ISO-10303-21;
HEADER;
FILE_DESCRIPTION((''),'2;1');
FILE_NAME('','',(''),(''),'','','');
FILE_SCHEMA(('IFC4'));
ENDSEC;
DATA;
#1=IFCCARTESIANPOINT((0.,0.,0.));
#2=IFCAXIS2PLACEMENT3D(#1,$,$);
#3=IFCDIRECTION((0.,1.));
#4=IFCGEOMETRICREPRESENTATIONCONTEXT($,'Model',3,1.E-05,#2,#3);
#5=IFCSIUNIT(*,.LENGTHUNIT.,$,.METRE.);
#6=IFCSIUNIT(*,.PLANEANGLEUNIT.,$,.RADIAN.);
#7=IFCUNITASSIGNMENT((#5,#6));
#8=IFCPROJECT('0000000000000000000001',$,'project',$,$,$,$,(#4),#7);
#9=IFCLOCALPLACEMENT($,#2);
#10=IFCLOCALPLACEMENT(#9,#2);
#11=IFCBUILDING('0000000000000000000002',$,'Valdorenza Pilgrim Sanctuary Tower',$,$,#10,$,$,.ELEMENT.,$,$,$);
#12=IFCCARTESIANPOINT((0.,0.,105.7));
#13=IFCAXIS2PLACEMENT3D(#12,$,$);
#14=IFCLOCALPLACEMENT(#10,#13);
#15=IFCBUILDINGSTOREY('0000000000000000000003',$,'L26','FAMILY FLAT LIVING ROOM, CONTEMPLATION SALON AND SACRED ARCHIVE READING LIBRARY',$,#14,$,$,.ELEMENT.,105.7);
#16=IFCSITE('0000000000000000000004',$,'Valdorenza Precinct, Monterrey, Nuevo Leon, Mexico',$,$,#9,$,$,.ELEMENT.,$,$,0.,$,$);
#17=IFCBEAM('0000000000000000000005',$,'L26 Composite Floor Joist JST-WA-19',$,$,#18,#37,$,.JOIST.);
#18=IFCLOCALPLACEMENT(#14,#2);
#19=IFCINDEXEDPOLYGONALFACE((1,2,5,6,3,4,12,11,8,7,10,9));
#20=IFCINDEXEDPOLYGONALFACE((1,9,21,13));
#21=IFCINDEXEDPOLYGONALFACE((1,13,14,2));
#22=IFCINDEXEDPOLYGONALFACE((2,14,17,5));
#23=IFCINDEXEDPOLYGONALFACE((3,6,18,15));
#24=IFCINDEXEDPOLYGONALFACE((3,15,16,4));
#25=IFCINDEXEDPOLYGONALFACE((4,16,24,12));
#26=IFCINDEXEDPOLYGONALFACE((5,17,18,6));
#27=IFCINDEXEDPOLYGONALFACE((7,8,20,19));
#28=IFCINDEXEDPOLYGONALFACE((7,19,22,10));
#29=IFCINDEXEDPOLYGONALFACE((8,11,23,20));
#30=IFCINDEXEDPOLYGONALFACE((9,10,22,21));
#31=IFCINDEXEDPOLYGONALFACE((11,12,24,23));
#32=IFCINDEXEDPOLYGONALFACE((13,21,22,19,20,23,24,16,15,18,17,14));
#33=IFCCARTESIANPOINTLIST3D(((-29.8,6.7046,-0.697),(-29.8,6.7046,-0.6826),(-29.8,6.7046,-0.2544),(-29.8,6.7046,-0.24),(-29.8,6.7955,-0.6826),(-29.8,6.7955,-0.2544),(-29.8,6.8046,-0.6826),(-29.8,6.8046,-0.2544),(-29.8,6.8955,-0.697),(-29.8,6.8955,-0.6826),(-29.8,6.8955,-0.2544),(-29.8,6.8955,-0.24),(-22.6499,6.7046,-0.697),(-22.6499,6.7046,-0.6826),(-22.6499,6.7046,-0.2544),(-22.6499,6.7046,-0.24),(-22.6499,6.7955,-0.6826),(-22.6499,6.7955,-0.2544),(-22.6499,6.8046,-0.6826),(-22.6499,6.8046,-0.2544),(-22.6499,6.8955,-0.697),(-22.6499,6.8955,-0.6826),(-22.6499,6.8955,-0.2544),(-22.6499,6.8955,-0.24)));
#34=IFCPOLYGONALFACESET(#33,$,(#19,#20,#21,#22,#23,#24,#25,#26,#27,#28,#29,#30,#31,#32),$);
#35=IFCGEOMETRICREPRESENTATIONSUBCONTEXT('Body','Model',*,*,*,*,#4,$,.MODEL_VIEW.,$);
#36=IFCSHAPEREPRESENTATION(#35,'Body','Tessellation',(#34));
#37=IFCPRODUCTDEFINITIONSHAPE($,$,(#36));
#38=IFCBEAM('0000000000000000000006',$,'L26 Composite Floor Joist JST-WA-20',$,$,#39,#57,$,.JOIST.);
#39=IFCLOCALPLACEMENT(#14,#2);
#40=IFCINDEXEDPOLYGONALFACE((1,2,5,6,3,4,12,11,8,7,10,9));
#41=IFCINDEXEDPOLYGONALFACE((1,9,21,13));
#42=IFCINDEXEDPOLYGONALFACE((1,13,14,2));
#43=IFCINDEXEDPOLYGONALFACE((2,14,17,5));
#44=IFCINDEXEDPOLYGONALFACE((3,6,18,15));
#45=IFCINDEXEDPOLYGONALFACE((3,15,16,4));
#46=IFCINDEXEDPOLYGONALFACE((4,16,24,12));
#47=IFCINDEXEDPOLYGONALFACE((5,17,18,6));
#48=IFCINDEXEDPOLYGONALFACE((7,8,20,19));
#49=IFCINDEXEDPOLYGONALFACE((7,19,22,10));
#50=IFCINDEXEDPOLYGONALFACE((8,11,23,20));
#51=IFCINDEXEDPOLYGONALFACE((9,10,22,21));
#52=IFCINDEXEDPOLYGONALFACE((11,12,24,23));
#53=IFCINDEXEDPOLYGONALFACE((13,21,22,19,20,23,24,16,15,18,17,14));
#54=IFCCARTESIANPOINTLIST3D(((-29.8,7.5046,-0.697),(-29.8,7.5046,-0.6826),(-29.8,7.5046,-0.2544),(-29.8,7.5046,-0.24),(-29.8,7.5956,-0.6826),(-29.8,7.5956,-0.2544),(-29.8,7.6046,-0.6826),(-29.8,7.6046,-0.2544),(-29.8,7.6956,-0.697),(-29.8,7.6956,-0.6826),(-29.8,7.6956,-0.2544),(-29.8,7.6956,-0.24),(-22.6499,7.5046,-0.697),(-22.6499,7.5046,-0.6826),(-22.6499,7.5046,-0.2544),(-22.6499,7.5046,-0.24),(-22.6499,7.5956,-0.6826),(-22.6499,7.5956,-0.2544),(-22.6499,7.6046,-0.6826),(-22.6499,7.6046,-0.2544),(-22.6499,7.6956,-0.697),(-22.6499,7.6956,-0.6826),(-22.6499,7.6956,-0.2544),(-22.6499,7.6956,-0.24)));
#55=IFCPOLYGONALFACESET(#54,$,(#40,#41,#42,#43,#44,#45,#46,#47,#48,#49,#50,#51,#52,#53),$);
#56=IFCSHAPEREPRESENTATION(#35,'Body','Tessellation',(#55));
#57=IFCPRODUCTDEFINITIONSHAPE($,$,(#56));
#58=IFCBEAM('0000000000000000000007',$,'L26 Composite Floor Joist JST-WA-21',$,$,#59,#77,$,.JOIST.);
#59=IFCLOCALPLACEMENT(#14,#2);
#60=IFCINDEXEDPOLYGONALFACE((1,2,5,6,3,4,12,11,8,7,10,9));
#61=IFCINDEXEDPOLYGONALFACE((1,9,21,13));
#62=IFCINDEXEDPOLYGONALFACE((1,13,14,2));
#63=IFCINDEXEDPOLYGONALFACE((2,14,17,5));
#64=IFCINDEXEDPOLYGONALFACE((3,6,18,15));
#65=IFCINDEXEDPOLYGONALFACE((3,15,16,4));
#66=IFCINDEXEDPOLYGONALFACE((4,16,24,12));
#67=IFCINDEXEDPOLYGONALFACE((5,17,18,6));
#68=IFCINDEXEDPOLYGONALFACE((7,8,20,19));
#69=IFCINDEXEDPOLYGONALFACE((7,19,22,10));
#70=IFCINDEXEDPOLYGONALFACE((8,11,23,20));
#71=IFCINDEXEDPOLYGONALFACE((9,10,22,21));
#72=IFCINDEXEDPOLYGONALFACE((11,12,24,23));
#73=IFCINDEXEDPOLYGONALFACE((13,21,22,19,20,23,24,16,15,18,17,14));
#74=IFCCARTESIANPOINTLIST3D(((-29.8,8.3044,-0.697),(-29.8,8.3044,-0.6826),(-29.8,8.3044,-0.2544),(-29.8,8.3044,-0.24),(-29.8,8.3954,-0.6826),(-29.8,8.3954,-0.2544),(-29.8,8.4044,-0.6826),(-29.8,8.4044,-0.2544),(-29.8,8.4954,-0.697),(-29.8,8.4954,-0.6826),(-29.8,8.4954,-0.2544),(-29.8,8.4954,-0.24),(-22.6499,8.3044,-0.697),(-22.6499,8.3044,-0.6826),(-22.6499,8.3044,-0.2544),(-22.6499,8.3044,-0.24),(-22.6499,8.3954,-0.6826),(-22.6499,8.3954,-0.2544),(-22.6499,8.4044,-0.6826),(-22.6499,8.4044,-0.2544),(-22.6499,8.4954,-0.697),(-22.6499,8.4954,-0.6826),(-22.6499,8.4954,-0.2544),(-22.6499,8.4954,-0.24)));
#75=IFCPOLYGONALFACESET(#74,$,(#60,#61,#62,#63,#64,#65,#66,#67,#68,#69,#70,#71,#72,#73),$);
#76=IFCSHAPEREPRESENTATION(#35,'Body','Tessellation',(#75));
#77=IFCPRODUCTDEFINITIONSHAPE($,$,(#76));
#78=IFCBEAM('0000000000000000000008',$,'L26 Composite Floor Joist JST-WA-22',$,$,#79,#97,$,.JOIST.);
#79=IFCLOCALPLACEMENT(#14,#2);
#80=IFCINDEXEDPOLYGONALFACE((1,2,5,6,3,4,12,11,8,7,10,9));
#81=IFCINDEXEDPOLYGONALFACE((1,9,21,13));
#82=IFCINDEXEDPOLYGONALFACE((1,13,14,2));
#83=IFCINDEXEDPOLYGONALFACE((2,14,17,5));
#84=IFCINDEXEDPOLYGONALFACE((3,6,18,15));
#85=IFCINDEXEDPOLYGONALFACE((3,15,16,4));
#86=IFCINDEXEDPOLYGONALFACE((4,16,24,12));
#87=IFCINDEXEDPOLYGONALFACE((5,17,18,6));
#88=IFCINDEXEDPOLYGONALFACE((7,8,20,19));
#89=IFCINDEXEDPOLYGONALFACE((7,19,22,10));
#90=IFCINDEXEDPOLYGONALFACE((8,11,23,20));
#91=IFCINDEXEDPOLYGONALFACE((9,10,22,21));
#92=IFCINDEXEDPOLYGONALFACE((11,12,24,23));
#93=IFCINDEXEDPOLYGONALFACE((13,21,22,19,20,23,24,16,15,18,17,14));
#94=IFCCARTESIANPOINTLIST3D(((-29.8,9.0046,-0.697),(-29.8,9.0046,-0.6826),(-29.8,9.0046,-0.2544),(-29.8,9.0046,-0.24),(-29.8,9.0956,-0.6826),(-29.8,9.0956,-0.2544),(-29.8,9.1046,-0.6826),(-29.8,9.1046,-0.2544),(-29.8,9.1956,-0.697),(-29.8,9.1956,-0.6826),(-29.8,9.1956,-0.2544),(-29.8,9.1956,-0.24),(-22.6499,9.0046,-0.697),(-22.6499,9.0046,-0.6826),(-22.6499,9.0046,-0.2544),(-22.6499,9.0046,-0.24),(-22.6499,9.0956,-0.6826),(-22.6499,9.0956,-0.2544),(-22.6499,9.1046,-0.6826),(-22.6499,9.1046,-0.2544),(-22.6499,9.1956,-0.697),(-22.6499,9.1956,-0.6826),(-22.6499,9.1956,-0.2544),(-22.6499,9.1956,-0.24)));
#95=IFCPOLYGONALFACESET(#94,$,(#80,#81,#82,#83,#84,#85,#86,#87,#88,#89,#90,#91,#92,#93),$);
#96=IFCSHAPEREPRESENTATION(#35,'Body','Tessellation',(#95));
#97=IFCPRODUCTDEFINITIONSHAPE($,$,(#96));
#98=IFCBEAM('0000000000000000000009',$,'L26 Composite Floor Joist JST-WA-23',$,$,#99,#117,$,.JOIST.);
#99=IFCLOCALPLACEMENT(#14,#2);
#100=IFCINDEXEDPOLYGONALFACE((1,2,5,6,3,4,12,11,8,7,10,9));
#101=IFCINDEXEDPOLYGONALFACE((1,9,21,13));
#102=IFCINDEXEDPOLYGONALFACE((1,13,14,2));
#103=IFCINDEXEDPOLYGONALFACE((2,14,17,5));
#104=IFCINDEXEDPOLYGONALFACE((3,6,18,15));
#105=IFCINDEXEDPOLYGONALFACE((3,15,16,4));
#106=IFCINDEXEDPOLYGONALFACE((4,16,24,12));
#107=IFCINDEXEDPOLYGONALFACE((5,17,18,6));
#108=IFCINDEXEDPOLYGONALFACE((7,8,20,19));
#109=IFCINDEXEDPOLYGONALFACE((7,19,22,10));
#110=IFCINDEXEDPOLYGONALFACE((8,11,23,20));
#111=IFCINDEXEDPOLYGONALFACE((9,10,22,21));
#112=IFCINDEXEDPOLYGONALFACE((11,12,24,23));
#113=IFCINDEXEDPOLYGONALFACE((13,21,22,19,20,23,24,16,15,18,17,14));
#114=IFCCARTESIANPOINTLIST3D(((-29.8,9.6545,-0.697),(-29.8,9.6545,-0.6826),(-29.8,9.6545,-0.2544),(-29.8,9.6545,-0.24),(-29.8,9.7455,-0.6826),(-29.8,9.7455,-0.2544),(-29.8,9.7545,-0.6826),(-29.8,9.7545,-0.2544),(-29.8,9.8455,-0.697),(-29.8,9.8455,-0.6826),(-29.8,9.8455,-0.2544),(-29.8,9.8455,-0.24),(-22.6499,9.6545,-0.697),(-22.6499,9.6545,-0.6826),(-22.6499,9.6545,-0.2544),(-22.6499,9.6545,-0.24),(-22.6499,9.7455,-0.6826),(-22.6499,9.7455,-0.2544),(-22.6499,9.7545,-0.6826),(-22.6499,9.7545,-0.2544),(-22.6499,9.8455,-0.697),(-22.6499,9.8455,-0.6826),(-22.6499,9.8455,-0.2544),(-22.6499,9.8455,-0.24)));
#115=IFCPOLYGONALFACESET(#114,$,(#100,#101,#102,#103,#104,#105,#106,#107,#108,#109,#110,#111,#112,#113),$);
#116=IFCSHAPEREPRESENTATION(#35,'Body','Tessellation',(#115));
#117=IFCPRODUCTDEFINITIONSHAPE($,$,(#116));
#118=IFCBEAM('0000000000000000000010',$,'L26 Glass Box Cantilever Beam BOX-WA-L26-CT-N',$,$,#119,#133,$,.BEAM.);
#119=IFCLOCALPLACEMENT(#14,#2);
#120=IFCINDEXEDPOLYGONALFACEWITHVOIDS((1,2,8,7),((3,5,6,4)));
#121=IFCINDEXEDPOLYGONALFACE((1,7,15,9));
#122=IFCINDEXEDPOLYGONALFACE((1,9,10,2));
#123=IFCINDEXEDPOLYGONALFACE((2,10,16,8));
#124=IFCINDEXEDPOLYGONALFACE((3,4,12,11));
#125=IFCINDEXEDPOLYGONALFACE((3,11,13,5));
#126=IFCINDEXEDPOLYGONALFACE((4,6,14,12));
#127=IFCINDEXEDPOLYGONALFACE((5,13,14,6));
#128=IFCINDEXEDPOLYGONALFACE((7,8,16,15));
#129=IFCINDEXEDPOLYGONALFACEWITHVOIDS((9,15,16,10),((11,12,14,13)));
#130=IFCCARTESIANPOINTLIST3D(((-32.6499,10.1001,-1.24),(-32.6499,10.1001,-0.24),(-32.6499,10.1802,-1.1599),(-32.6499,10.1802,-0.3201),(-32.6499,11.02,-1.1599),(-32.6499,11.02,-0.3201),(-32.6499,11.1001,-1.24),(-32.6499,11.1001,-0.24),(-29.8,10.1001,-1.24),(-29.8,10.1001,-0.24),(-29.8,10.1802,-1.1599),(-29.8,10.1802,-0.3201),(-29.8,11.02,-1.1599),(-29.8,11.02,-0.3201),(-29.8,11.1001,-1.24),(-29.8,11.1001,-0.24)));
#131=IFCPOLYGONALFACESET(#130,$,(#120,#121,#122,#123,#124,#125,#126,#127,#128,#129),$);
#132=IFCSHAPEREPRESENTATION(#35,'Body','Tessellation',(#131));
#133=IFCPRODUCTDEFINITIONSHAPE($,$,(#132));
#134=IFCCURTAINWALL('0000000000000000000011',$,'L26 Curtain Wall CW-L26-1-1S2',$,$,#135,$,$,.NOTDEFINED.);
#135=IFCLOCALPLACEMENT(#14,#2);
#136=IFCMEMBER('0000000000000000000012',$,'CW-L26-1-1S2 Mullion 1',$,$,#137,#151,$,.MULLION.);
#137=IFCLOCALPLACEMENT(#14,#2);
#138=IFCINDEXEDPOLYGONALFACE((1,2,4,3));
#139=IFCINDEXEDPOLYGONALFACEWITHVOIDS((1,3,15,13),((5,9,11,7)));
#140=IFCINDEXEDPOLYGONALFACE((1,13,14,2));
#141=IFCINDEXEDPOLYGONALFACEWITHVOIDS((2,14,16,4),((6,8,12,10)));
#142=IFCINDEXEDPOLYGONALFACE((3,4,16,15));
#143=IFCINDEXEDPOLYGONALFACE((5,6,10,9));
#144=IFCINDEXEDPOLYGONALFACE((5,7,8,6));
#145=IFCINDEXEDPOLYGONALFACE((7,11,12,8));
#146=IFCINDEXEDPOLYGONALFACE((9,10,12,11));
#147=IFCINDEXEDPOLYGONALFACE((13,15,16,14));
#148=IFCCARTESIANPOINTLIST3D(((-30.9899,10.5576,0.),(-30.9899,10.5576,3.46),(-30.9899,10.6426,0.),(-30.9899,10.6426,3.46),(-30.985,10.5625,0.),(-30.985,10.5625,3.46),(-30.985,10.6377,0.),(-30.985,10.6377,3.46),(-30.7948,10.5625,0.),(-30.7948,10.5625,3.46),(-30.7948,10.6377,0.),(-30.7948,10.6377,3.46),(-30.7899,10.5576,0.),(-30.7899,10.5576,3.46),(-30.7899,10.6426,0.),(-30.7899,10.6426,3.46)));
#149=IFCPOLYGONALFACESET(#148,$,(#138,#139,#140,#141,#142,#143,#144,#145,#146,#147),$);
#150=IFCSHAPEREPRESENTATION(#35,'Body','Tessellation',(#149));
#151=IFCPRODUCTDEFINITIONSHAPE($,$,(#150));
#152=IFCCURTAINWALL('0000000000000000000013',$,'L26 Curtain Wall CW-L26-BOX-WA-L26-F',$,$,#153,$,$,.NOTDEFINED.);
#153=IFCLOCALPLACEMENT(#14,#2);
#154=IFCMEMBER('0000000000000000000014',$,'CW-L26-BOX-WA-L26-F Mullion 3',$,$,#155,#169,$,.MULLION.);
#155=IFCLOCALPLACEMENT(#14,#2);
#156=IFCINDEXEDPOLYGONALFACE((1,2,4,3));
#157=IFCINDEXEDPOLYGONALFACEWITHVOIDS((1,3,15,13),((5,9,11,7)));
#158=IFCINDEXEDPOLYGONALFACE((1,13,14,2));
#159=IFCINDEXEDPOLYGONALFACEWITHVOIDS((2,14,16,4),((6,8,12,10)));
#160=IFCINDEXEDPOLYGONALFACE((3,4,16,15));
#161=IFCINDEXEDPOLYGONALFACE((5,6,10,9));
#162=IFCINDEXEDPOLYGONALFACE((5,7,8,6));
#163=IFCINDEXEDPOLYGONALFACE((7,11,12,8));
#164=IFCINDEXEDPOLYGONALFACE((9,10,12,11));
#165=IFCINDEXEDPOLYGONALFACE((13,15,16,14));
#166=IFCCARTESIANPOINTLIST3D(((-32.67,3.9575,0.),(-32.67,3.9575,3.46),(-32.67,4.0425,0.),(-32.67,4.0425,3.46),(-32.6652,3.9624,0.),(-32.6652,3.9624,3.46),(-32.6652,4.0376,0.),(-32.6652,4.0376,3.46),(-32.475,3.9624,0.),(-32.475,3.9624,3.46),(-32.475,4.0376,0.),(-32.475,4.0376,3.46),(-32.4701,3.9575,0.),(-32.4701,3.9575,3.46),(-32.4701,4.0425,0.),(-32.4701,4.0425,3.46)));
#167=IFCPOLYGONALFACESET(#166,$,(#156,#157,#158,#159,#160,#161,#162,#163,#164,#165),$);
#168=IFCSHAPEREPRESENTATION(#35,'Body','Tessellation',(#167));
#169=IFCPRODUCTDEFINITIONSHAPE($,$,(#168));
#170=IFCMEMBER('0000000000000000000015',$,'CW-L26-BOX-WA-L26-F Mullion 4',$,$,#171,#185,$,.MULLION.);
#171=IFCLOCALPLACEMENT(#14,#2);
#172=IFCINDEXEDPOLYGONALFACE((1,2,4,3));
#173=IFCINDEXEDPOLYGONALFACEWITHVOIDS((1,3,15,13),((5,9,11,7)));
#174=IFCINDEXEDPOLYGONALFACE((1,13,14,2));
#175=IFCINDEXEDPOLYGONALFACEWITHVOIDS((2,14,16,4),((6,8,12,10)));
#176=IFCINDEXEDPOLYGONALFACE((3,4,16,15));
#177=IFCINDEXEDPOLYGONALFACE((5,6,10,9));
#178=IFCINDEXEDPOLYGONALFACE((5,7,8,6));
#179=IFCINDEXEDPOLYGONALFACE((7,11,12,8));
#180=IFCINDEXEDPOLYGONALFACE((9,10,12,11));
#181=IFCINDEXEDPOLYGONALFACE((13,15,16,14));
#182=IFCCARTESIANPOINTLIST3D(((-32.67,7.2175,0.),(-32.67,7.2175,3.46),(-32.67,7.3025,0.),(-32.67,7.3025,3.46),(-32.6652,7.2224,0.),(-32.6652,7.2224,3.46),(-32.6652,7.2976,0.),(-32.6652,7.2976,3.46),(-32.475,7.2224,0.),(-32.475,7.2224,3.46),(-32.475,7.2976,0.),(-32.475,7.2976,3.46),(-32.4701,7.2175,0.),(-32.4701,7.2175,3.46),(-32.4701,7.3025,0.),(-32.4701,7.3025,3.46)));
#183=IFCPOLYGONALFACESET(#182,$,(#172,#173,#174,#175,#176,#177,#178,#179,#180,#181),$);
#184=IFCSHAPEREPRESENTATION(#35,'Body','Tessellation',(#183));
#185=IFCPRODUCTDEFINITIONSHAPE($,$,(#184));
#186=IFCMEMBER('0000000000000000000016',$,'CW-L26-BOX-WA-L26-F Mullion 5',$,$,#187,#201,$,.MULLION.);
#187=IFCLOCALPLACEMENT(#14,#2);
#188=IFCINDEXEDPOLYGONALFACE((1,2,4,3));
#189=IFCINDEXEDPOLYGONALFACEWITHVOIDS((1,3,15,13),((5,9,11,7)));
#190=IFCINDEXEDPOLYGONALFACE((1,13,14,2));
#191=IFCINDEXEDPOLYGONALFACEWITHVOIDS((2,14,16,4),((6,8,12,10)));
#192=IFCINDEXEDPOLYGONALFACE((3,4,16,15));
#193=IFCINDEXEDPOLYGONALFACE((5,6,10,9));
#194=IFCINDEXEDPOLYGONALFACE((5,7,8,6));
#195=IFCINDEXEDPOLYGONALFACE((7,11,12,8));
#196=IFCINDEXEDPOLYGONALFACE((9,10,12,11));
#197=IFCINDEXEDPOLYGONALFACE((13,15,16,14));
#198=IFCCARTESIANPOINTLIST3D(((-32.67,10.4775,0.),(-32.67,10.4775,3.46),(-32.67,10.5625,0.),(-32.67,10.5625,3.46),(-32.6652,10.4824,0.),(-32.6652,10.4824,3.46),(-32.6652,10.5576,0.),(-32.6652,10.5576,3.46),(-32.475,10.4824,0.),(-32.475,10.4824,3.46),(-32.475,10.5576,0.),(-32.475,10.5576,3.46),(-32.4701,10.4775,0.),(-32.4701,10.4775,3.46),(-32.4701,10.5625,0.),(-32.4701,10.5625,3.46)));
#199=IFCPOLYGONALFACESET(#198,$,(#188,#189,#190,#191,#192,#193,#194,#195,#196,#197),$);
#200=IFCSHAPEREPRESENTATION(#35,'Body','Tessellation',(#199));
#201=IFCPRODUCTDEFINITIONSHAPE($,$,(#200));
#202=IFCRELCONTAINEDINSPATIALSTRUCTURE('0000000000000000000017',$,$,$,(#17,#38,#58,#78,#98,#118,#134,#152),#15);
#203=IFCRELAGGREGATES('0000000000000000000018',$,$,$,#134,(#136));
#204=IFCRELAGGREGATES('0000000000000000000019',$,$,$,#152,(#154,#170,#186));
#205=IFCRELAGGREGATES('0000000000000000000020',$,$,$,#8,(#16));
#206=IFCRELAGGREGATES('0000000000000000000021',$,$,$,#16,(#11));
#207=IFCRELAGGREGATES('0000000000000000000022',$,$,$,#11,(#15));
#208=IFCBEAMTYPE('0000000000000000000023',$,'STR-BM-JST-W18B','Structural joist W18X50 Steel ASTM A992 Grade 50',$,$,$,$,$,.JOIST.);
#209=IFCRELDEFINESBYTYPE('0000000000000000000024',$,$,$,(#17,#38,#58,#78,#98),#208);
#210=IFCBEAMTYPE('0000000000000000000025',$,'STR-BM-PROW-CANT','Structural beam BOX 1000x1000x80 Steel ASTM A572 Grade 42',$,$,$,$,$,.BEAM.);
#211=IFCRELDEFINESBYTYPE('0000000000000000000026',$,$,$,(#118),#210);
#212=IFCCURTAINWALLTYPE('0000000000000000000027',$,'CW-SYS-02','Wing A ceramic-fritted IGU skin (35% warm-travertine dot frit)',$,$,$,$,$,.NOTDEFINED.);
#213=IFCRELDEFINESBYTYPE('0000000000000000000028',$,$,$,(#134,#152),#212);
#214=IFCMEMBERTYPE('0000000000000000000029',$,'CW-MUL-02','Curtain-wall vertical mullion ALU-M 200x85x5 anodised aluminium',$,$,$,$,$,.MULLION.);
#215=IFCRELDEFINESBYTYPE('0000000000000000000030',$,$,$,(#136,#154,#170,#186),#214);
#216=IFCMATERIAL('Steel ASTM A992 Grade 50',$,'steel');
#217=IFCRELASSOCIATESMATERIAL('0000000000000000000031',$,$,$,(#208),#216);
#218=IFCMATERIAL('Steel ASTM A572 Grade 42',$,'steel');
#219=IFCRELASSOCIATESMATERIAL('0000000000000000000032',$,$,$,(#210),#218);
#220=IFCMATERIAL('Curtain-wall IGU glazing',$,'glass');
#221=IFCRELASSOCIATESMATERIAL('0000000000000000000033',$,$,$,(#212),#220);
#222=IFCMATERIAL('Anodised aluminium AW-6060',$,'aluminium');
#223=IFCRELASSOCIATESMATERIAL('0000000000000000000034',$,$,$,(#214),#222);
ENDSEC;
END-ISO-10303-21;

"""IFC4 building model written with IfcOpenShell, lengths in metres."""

from ifc_helpers import new_model, si_unit, direction, frame, origin, origin_2d, place, context, subcontext, project, spatial, hollow_rectangle, i_section, extrude, source, transform, mapped, material, material_profile, profile_set, type_object, element, aggregate, save


model = new_model("IFC4")

# Units and contexts
model_context = context("Model", 3, precision=1e-05, world=origin(), true_north=direction((0.0, 1.0)))
body_context = subcontext(model_context, "Body", "Model", "MODEL_VIEW")
ifc_project = project(units=[si_unit("LENGTHUNIT", "METRE"), si_unit("PLANEANGLEUNIT", "RADIAN")], contexts=[model_context])

# Site, building, storey
site_placement = place(None, origin())
site = spatial("IfcSite", under=ifc_project, at=site_placement, Name="Valdorenza Precinct, Monterrey, Nuevo Leon, Mexico", CompositionType="ELEMENT", RefElevation=0.0)
building_placement = place(site_placement, origin())
building = spatial("IfcBuilding", under=site, at=building_placement, Name="Valdorenza Pilgrim Sanctuary Tower", CompositionType="ELEMENT")
storey_placement = place(building_placement, frame((0.0, 0.0, 105.7)))
storey = spatial("IfcBuildingStorey", under=building, at=storey_placement, Name="L26", Description="FAMILY FLAT LIVING ROOM, CONTEMPLATION SALON AND SACRED ARCHIVE READING LIBRARY", CompositionType="ELEMENT", Elevation=105.7)

# Beams
ifc_material_1 = material(Name="Steel ASTM A992 Grade 50", Category="steel")
ifc_material_profile_1 = material_profile(ifc_material_1, i_section(OverallWidth=0.1909, OverallDepth=0.457, WebThickness=0.009, FlangeThickness=0.0144, at=origin_2d()), Name="W18X50")
ifc_profile_set_1 = profile_set([ifc_material_profile_1], Name="Steel ASTM A992 Grade 50")
beam_type_1 = type_object("IfcBeamType", Name="STR-BM-JST-W18B", Description="Structural joist W18X50 Steel ASTM A992 Grade 50", PredefinedType="JOIST", material=ifc_profile_set_1)
shared_shape_1 = source(origin(), body_context, "Body", "SweptSolid", [
    extrude(i_section(OverallWidth=0.1909, OverallDepth=0.457, WebThickness=0.009, FlangeThickness=0.0144, at=origin_2d()), origin(), (0.0, 0.0, 1.0), 7.1501),
])
for number, where, z_axis, x_axis, name in (
    (1, (-29.8, 6.8, -0.4685), (1.0, 0.0, 0.0), (0.0, 1.0, 0.0), "L26 Composite Floor Joist JST-WA-19"),
    (2, (-29.8, 7.6001, -0.4685), (1.0, 0.0, 0.0), (0.0, 1.0, 0.0), "L26 Composite Floor Joist JST-WA-20"),
    (3, (-29.8, 8.3999, -0.4685), (1.0, 0.0, 0.0), (0.0, 1.0, 0.0), "L26 Composite Floor Joist JST-WA-21"),
    (4, (-29.8, 9.1001, -0.4685), (1.0, 0.0, 0.0), (0.0, 1.0, 0.0), "L26 Composite Floor Joist JST-WA-22"),
    (5, (-29.8, 9.75, -0.4685), (1.0, 0.0, 0.0), (0.0, 1.0, 0.0), "L26 Composite Floor Joist JST-WA-23"),
):
    element("IfcBeam", number, at=place(storey_placement, frame(where, z_axis=z_axis, x_axis=x_axis)), inside=storey, type_object=beam_type_1, Name=name, PredefinedType="JOIST", context=body_context, shape_type="MappedRepresentation", body=[
        mapped(shared_shape_1, transform((0.0, 0.0, 0.0), x_axis=(1.0, 0.0, 0.0), y_axis=(0.0, 1.0, 0.0), z_axis=(0.0, 0.0, 1.0), scale=1.0)),
    ])
ifc_material_2 = material(Name="Steel ASTM A572 Grade 42", Category="steel")
ifc_material_profile_2 = material_profile(ifc_material_2, hollow_rectangle(XDim=1.0, YDim=1.0, WallThickness=0.0801, at=origin_2d()), Name="BOX 1000x1000x80")
ifc_profile_set_2 = profile_set([ifc_material_profile_2], Name="Steel ASTM A572 Grade 42")
beam_type_2 = type_object("IfcBeamType", Name="STR-BM-PROW-CANT", Description="Structural beam BOX 1000x1000x80 Steel ASTM A572 Grade 42", PredefinedType="BEAM", material=ifc_profile_set_2)
shared_shape_2 = source(origin(), body_context, "Body", "SweptSolid", [
    extrude(hollow_rectangle(XDim=1.0, YDim=1.0, WallThickness=0.0801, at=origin_2d()), origin(), (0.0, 0.0, 1.0), 2.8499),
])
beam_1_placement = place(storey_placement, frame((-29.8, 10.6001, -0.74), z_axis=(-1.0, 0.0, 0.0), x_axis=(0.0, -1.0, 0.0)))
element("IfcBeam", 6, at=beam_1_placement, inside=storey, type_object=beam_type_2, Name="L26 Glass Box Cantilever Beam BOX-WA-L26-CT-N", PredefinedType="BEAM", context=body_context, shape_type="MappedRepresentation", body=[
    mapped(shared_shape_2, transform((0.0, 0.0, 0.0), x_axis=(1.0, 0.0, 0.0), y_axis=(0.0, 1.0, 0.0), z_axis=(0.0, 0.0, 1.0), scale=1.0)),
])

# Curtain wall, member
ifc_material_3 = material(Name="Curtain-wall IGU glazing", Category="glass")
curtain_wall_type = type_object("IfcCurtainWallType", Name="CW-SYS-02", Description="Wing A ceramic-fritted IGU skin (35% warm-travertine dot frit)", PredefinedType="NOTDEFINED", material=ifc_material_3)
curtain_wall_1_placement = place(storey_placement, origin())
curtain_wall_1 = element("IfcCurtainWall", 7, at=curtain_wall_1_placement, inside=storey, type_object=curtain_wall_type, Name="L26 Curtain Wall CW-L26-1-1S2", PredefinedType="NOTDEFINED")
ifc_material_4 = material(Name="Anodised aluminium AW-6060", Category="aluminium")
ifc_material_profile_3 = material_profile(ifc_material_4, hollow_rectangle(XDim=0.085, YDim=0.2, WallThickness=0.0049, at=origin_2d()), Name="ALU-M 200x85x5")
ifc_profile_set_3 = profile_set([ifc_material_profile_3], Name="Anodised aluminium AW-6060")
member_type_1 = type_object("IfcMemberType", Name="CW-MUL-02", Description="Curtain-wall vertical mullion ALU-M 200x85x5 anodised aluminium", PredefinedType="MULLION", material=ifc_profile_set_3)
shared_shape_3 = source(origin(), body_context, "Body", "SweptSolid", [
    extrude(hollow_rectangle(XDim=0.085, YDim=0.2, WallThickness=0.0049, at=origin_2d()), origin(), (0.0, 0.0, 1.0), 3.46),
])
member_1_placement = place(storey_placement, frame((-30.8899, 10.6001, 0.0), z_axis=(0.0, 0.0, 1.0), x_axis=(0.0, 1.0, 0.0)))
member_1 = element("IfcMember", 8, at=member_1_placement, type_object=member_type_1, Name="CW-L26-1-1S2 Mullion 1", PredefinedType="MULLION", context=body_context, shape_type="MappedRepresentation", body=[
    mapped(shared_shape_3, transform((0.0, 0.0, 0.0), x_axis=(1.0, 0.0, 0.0), y_axis=(0.0, 1.0, 0.0), z_axis=(0.0, 0.0, 1.0), scale=1.0)),
])

# Curtain wall, members
curtain_wall_2_placement = place(storey_placement, origin())
curtain_wall_2 = element("IfcCurtainWall", 9, at=curtain_wall_2_placement, inside=storey, type_object=curtain_wall_type, Name="L26 Curtain Wall CW-L26-BOX-WA-L26-F", PredefinedType="NOTDEFINED")
member_2_placement = place(storey_placement, frame((-32.5701, 4.0, 0.0), z_axis=(0.0, 0.0, 1.0), x_axis=(0.0, 1.0, 0.0)))
member_2 = element("IfcMember", 10, at=member_2_placement, type_object=member_type_1, Name="CW-L26-BOX-WA-L26-F Mullion 3", PredefinedType="MULLION", context=body_context, shape_type="MappedRepresentation", body=[
    mapped(shared_shape_3, transform((0.0, 0.0, 0.0), x_axis=(1.0, 0.0, 0.0), y_axis=(0.0, 1.0, 0.0), z_axis=(0.0, 0.0, 1.0), scale=1.0)),
])
member_3_placement = place(storey_placement, frame((-32.5701, 7.26, 0.0), z_axis=(0.0, 0.0, 1.0), x_axis=(0.0, 1.0, 0.0)))
member_3 = element("IfcMember", 11, at=member_3_placement, type_object=member_type_1, Name="CW-L26-BOX-WA-L26-F Mullion 4", PredefinedType="MULLION", context=body_context, shape_type="MappedRepresentation", body=[
    mapped(shared_shape_3, transform((0.0, 0.0, 0.0), x_axis=(1.0, 0.0, 0.0), y_axis=(0.0, 1.0, 0.0), z_axis=(0.0, 0.0, 1.0), scale=1.0)),
])
member_4_placement = place(storey_placement, frame((-32.5701, 10.52, 0.0), z_axis=(0.0, 0.0, 1.0), x_axis=(0.0, 1.0, 0.0)))
member_4 = element("IfcMember", 12, at=member_4_placement, type_object=member_type_1, Name="CW-L26-BOX-WA-L26-F Mullion 5", PredefinedType="MULLION", context=body_context, shape_type="MappedRepresentation", body=[
    mapped(shared_shape_3, transform((0.0, 0.0, 0.0), x_axis=(1.0, 0.0, 0.0), y_axis=(0.0, 1.0, 0.0), z_axis=(0.0, 0.0, 1.0), scale=1.0)),
])

aggregate(curtain_wall_1, [member_1])

aggregate(curtain_wall_2, [member_2, member_3, member_4])

save(model, "model.ifc")
